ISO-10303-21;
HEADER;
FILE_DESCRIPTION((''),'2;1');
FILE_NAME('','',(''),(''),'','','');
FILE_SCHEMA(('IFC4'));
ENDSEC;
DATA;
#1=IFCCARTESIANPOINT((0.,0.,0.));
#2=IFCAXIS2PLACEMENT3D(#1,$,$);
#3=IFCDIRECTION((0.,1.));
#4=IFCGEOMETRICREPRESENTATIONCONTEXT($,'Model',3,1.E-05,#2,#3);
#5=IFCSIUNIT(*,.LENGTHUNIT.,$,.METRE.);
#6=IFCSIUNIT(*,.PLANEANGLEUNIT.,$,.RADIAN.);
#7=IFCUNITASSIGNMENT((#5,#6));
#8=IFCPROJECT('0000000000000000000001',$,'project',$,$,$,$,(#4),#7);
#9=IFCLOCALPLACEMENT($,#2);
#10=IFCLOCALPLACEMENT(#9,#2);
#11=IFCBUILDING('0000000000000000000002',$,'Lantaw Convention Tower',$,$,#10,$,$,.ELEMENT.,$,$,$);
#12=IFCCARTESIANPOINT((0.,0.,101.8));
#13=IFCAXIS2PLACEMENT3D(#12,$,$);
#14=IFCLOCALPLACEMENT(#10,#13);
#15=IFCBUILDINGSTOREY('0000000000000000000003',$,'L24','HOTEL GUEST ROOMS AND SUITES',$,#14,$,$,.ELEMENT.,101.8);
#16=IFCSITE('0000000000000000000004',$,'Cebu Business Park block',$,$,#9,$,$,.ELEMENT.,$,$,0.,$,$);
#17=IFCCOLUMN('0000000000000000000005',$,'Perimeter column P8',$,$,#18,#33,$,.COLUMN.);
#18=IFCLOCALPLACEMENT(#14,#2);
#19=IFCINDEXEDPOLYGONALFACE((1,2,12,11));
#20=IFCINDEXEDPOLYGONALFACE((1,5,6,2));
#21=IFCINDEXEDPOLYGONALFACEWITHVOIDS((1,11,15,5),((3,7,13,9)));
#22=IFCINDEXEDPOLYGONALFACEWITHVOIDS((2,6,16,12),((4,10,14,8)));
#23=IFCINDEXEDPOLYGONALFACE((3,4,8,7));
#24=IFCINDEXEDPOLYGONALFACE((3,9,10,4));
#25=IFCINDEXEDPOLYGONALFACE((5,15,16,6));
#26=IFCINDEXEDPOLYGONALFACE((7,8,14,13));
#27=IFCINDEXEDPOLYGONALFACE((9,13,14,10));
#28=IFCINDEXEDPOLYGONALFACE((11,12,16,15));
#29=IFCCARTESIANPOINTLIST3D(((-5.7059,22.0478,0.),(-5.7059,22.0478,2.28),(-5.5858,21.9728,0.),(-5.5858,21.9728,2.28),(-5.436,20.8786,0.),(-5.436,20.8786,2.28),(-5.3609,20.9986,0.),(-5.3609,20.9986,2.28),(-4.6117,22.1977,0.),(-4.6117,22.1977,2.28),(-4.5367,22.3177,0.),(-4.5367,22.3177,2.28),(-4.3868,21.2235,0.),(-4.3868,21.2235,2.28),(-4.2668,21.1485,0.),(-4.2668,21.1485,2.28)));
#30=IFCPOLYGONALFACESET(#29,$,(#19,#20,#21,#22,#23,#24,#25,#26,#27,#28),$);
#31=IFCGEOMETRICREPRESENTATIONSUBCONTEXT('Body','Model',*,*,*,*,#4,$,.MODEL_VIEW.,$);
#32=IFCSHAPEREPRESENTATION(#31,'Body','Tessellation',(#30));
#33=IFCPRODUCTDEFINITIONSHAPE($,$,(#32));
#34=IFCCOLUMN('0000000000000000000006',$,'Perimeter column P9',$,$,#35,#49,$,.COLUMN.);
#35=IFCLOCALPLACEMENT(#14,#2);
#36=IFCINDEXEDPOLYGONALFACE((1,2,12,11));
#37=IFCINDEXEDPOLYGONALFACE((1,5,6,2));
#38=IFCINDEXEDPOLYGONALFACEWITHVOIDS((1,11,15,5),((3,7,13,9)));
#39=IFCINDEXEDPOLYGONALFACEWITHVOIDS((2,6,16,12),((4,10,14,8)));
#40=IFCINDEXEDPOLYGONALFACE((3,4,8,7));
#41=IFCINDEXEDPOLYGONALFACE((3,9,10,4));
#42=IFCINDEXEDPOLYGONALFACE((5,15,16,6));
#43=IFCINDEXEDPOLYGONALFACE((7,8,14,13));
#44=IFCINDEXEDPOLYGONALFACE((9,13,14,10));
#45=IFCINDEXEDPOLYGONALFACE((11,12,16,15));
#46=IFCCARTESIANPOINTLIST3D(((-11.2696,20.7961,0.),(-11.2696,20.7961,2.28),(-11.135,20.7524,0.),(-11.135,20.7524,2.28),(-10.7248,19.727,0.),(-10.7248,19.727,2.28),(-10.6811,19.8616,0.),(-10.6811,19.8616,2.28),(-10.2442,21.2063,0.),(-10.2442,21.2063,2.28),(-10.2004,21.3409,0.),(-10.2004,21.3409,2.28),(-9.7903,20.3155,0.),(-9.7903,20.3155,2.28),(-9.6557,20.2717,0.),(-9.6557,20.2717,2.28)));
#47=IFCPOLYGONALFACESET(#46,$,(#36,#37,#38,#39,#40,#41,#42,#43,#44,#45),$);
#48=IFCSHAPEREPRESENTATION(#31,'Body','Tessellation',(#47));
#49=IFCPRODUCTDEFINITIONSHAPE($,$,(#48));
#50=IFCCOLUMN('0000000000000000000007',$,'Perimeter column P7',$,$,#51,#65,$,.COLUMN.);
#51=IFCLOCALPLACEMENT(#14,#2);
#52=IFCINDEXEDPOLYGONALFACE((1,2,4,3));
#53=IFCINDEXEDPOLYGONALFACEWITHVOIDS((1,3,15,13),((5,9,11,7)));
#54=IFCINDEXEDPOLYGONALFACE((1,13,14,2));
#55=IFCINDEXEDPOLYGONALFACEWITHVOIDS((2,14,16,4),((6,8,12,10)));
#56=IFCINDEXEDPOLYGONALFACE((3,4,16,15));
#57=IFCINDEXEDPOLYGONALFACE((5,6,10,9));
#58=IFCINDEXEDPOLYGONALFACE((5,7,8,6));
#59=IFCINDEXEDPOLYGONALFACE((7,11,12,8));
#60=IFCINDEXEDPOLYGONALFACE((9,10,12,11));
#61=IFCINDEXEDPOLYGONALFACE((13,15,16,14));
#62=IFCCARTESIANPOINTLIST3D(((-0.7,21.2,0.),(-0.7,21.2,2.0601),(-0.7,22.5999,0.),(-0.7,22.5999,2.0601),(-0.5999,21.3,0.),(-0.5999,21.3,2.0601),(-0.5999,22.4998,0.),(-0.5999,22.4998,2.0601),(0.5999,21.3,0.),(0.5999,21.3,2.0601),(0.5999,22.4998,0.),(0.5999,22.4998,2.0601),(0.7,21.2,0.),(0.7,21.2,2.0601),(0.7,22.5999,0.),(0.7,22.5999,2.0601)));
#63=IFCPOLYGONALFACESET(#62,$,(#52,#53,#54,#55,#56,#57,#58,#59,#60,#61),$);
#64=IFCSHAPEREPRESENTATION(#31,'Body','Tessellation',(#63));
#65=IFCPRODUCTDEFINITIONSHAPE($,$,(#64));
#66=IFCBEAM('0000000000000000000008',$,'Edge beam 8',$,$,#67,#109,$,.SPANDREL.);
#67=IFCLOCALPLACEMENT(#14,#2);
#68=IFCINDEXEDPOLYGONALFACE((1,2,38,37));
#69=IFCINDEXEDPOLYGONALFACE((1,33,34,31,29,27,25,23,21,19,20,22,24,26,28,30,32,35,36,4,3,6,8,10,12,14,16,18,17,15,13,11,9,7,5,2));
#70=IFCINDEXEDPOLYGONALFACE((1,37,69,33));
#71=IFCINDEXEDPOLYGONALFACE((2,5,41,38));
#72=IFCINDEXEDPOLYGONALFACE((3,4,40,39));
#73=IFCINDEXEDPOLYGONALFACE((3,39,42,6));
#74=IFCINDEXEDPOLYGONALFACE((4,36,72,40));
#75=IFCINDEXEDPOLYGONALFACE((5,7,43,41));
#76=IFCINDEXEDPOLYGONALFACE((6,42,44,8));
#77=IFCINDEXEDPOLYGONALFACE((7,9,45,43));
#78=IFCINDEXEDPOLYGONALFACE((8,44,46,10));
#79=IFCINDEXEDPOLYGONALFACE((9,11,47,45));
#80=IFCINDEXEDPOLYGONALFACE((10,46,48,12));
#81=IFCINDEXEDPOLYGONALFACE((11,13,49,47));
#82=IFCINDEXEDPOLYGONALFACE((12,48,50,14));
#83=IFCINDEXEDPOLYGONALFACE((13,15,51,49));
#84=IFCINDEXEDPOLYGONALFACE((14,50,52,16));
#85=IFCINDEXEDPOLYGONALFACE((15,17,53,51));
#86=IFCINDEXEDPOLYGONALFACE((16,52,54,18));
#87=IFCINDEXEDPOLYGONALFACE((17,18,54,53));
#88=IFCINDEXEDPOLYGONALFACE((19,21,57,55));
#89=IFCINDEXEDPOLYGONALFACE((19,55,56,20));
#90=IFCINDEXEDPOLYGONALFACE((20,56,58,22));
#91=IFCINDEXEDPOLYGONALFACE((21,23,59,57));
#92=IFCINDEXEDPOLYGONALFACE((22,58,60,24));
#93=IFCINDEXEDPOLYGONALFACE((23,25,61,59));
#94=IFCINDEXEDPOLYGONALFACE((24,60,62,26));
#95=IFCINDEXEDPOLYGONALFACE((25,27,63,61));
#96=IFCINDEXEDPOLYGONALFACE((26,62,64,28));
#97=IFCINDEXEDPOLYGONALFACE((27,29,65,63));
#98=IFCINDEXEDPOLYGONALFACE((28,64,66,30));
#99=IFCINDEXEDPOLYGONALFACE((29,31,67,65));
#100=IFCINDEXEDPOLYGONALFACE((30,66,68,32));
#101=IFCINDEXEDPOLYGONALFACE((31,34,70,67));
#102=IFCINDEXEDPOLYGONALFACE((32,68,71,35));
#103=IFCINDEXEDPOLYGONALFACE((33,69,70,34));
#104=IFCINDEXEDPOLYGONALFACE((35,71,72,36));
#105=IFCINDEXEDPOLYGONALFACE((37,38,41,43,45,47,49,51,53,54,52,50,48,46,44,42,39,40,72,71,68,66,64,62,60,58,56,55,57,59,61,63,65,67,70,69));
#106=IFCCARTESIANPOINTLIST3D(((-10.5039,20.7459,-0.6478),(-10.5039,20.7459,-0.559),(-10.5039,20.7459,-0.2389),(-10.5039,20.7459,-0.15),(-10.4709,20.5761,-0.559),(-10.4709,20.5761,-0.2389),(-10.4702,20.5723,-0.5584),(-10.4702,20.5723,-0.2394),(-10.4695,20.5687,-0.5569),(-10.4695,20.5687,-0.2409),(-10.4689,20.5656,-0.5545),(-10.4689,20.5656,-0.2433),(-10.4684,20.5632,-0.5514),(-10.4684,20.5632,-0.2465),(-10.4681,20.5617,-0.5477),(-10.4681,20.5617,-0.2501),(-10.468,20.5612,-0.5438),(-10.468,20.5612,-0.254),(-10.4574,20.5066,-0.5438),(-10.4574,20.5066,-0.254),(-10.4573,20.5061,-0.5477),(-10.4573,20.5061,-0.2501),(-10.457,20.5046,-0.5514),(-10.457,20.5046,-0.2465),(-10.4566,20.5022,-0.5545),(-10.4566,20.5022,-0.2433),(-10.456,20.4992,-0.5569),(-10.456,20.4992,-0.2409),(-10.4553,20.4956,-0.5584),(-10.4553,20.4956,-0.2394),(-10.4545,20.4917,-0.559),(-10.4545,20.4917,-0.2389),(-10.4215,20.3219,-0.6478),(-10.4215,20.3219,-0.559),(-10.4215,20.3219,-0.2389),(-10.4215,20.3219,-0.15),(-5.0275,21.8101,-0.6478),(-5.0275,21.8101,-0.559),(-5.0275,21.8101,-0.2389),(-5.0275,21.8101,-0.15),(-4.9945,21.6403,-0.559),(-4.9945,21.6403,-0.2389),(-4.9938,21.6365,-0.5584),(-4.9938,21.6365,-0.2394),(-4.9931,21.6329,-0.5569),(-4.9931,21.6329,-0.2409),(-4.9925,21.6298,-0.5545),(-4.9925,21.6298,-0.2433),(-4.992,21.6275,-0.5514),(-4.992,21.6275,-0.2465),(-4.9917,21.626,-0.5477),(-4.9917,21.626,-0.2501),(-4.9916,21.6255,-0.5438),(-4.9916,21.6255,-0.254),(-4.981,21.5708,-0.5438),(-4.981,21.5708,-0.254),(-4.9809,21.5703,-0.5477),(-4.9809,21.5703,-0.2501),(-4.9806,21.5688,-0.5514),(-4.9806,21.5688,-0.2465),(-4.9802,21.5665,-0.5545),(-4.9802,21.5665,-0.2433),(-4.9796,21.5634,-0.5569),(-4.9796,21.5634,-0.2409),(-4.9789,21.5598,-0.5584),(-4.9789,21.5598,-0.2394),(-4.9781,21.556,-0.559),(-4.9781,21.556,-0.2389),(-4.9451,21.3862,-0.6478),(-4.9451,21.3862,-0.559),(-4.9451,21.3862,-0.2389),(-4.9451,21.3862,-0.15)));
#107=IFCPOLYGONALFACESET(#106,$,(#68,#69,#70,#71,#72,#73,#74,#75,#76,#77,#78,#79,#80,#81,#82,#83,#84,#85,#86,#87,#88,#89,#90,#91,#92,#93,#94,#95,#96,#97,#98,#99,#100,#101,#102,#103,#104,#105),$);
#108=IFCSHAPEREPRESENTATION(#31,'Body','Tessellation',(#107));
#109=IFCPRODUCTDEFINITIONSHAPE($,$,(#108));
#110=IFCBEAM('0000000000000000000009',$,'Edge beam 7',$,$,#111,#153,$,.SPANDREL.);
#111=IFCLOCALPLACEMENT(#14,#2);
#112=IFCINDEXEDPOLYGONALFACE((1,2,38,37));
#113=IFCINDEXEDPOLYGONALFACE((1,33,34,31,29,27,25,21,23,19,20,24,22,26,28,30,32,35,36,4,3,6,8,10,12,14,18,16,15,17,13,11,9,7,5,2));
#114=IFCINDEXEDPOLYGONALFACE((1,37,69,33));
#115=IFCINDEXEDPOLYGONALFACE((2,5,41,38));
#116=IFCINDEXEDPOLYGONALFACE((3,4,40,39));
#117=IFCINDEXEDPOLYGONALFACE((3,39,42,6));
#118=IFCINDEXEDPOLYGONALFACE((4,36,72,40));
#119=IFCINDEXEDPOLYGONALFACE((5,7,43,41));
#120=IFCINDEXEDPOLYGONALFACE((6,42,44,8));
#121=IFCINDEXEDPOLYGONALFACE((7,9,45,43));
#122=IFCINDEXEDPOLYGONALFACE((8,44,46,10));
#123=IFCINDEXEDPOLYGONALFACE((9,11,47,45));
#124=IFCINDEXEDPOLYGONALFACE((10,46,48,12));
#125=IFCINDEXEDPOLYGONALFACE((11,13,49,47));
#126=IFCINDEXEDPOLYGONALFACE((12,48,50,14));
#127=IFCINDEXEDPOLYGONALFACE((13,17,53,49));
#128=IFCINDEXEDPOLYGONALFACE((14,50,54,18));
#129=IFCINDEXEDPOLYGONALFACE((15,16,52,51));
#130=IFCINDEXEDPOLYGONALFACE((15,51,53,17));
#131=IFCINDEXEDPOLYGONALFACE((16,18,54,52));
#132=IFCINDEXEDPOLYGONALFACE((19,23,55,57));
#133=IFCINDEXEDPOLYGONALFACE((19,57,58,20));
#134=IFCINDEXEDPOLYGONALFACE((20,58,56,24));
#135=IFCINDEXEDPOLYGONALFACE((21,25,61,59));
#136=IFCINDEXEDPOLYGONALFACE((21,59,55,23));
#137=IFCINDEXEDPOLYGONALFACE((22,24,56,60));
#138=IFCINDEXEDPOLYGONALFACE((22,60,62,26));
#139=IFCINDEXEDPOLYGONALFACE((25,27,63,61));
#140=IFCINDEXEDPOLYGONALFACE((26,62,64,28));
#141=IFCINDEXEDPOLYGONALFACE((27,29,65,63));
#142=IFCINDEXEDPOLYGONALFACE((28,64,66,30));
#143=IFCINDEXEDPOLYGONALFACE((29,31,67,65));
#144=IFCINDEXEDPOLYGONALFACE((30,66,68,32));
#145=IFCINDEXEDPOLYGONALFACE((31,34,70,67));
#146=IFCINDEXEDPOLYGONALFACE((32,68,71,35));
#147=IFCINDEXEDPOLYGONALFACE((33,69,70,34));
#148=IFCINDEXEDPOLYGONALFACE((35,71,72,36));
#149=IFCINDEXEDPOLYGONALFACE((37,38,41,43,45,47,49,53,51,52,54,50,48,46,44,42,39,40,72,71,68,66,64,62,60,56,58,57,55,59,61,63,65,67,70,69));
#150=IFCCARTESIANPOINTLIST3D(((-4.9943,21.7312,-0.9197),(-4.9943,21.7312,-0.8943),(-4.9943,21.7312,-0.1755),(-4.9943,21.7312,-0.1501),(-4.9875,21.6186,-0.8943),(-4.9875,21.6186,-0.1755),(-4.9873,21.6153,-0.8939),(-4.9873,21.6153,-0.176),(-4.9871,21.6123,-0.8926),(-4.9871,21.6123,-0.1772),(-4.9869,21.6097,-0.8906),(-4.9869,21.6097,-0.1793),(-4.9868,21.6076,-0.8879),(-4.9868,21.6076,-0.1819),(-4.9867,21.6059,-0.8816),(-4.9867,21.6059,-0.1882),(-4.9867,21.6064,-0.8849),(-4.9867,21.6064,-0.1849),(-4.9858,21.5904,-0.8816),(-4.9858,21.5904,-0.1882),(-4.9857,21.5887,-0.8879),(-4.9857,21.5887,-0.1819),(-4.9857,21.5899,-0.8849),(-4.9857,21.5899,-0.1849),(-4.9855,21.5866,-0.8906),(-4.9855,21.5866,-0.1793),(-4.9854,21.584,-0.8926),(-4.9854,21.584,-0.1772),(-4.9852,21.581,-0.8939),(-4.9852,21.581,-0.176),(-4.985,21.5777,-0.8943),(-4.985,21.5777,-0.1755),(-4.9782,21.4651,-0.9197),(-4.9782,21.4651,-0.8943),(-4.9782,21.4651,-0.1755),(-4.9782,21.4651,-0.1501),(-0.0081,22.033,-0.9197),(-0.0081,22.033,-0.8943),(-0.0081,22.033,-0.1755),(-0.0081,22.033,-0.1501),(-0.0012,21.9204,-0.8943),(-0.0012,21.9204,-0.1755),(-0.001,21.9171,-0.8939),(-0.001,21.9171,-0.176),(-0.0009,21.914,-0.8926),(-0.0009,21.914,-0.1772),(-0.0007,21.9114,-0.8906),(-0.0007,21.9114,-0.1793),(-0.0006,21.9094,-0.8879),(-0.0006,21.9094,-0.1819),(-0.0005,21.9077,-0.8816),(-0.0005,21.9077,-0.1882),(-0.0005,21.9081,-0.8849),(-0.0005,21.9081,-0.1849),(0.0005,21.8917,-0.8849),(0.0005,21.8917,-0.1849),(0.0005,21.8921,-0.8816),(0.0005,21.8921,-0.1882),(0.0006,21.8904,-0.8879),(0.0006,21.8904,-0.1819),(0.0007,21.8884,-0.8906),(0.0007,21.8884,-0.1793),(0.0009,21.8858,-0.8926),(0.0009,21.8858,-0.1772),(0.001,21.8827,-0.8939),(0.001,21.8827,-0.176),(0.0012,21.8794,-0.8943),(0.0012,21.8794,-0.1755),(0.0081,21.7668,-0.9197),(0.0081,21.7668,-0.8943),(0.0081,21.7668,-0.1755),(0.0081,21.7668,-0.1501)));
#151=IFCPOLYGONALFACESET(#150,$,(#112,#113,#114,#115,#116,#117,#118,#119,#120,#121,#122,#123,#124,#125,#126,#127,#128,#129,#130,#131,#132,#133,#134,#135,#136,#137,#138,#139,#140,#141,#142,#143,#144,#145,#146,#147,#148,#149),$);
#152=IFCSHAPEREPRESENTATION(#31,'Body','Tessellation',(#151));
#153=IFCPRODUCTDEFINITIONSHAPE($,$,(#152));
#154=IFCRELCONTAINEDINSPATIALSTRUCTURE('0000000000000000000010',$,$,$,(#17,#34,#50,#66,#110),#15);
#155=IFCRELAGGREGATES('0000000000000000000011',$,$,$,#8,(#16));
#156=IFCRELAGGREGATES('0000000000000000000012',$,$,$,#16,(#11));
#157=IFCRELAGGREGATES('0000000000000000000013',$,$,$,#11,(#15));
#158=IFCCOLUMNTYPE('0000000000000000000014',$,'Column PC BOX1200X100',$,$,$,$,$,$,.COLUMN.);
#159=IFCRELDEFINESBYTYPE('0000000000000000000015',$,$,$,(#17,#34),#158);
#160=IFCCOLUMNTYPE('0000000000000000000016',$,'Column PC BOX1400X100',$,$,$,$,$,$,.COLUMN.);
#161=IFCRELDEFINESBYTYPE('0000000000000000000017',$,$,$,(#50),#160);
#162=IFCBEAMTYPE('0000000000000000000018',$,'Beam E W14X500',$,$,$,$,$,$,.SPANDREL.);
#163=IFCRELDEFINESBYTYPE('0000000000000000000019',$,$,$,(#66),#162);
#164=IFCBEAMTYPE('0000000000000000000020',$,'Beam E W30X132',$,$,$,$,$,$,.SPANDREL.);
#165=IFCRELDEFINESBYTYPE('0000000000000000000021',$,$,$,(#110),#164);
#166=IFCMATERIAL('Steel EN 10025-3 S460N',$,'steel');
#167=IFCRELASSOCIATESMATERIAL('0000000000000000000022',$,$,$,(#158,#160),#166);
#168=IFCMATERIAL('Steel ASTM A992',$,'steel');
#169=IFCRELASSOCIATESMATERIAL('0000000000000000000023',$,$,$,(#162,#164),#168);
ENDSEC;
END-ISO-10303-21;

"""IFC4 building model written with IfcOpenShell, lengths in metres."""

from ifc_helpers import new_model, si_unit, direction, frame, origin, origin_2d, place, context, subcontext, project, spatial, rectangle, hollow_rectangle, i_section, extrude, material, material_profile, profile_set, type_object, element, save


model = new_model("IFC4")

# Units and contexts
model_context = context("Model", 3, precision=1e-05, world=origin(), true_north=direction((0.0, 1.0)))
body_context = subcontext(model_context, "Body", "Model", "MODEL_VIEW")
ifc_project = project(units=[si_unit("LENGTHUNIT", "METRE"), si_unit("PLANEANGLEUNIT", "RADIAN")], contexts=[model_context])

# Site, building, storey
site_placement = place(None, origin())
site = spatial("IfcSite", under=ifc_project, at=site_placement, Name="Cebu Business Park block", CompositionType="ELEMENT", RefElevation=0.0)
building_placement = place(site_placement, origin())
building = spatial("IfcBuilding", under=site, at=building_placement, Name="Lantaw Convention Tower", CompositionType="ELEMENT")
storey_placement = place(building_placement, frame((0.0, 0.0, 101.8)))
storey = spatial("IfcBuildingStorey", under=building, at=storey_placement, Name="L24", Description="HOTEL GUEST ROOMS AND SUITES", CompositionType="ELEMENT", Elevation=101.8)

# Columns
ifc_material_1 = material(Name="Steel EN 10025-3 S460N", Category="steel")
ifc_material_profile_1 = material_profile(ifc_material_1, hollow_rectangle(XDim=1.2, YDim=1.2, WallThickness=0.1001, at=origin_2d()), Name="BOX1200X100")
ifc_material_2 = material(Name="Concrete C60/75", Category="concrete")
ifc_material_profile_2 = material_profile(ifc_material_2, rectangle(XDim=1.0, YDim=1.0, at=origin_2d()), Name="Concrete fill of BOX1200X100")
ifc_profile_set_1 = profile_set([ifc_material_profile_1, ifc_material_profile_2], Name="Steel EN 10025-3 S460N")
column_type_1 = type_object("IfcColumnType", Name="Column PC BOX1200X100", PredefinedType="COLUMN", material=ifc_profile_set_1)
for number, where, z_axis, x_axis, name in (
    (1, (-4.9863, 21.5981, 0.0), (0.0, 0.0, 1.0), (0.97437, 0.224951, 0.0), "Perimeter column P8"),
    (2, (-10.4626, 20.5339, 0.0), (0.0, 0.0, 1.0), (0.891007, 0.45399, 0.0), "Perimeter column P9"),
):
    element("IfcColumn", number, at=place(storey_placement, frame(where, z_axis=z_axis, x_axis=x_axis)), inside=storey, type_object=column_type_1, Name=name, PredefinedType="COLUMN", context=body_context, shape_type="SweptSolid", body=[
        extrude(hollow_rectangle(XDim=1.2, YDim=1.2, WallThickness=0.1001, at=origin_2d()), origin(), (0.0, 0.0, 1.0), 2.28),
    ])
ifc_material_profile_3 = material_profile(ifc_material_1, hollow_rectangle(XDim=1.3999, YDim=1.3999, WallThickness=0.1001, at=origin_2d()), Name="BOX1400X100")
ifc_material_profile_4 = material_profile(ifc_material_2, rectangle(XDim=1.2, YDim=1.2, at=origin_2d()), Name="Concrete fill of BOX1400X100")
ifc_profile_set_2 = profile_set([ifc_material_profile_3, ifc_material_profile_4], Name="Steel EN 10025-3 S460N")
column_type_2 = type_object("IfcColumnType", Name="Column PC BOX1400X100", PredefinedType="COLUMN", material=ifc_profile_set_2)
column_placement = place(storey_placement, frame((0.0, 21.8999, 0.0), z_axis=(0.0, 0.0, 1.0), x_axis=(1.0, 0.0, 0.0)))
element("IfcColumn", 3, at=column_placement, inside=storey, type_object=column_type_2, Name="Perimeter column P7", PredefinedType="COLUMN", context=body_context, shape_type="SweptSolid", body=[
    extrude(hollow_rectangle(XDim=1.3999, YDim=1.3999, WallThickness=0.1001, at=origin_2d()), origin(), (0.0, 0.0, 1.0), 2.0601),
])

# Beams
ifc_material_3 = material(Name="Steel ASTM A992", Category="steel")
ifc_material_profile_5 = material_profile(ifc_material_3, i_section(OverallWidth=0.4319, OverallDepth=0.4978, WebThickness=0.0557, FlangeThickness=0.0889, FilletRadius=0.0151, at=origin_2d()), Name="W14X500")
ifc_profile_set_3 = profile_set([ifc_material_profile_5], Name="Steel ASTM A992")
beam_type_1 = type_object("IfcBeamType", Name="Beam E W14X500", PredefinedType="SPANDREL", material=ifc_profile_set_3)
beam_1_placement = place(storey_placement, frame((-4.9863, 21.5981, -0.3989), z_axis=(-0.981637, -0.190761, 0.0), x_axis=(0.190761, -0.981637, 0.0)))
element("IfcBeam", 4, at=beam_1_placement, inside=storey, type_object=beam_type_1, Name="Edge beam 8", PredefinedType="SPANDREL", context=body_context, shape_type="SweptSolid", body=[
    extrude(i_section(OverallWidth=0.4319, OverallDepth=0.4978, WebThickness=0.0557, FlangeThickness=0.0889, FilletRadius=0.0151, at=origin_2d()), origin(), (0.0, 0.0, 1.0), 5.5789),
])
ifc_material_profile_6 = material_profile(ifc_material_3, i_section(OverallWidth=0.2666, OverallDepth=0.7695, WebThickness=0.0156, FlangeThickness=0.0254, FilletRadius=0.0127, at=origin_2d()), Name="W30X132")
ifc_profile_set_4 = profile_set([ifc_material_profile_6], Name="Steel ASTM A992")
beam_type_2 = type_object("IfcBeamType", Name="Beam E W30X132", PredefinedType="SPANDREL", material=ifc_profile_set_4)
beam_2_placement = place(storey_placement, frame((0.0, 21.8999, -0.5349), z_axis=(-0.998174, -0.060407, 0.0), x_axis=(0.060407, -0.998174, 0.0)))
element("IfcBeam", 5, at=beam_2_placement, inside=storey, type_object=beam_type_2, Name="Edge beam 7", PredefinedType="SPANDREL", context=body_context, shape_type="SweptSolid", body=[
    extrude(i_section(OverallWidth=0.2666, OverallDepth=0.7695, WebThickness=0.0156, FlangeThickness=0.0254, FilletRadius=0.0127, at=origin_2d()), origin(), (0.0, 0.0, 1.0), 4.9954),
])

save(model, "model.ifc")
